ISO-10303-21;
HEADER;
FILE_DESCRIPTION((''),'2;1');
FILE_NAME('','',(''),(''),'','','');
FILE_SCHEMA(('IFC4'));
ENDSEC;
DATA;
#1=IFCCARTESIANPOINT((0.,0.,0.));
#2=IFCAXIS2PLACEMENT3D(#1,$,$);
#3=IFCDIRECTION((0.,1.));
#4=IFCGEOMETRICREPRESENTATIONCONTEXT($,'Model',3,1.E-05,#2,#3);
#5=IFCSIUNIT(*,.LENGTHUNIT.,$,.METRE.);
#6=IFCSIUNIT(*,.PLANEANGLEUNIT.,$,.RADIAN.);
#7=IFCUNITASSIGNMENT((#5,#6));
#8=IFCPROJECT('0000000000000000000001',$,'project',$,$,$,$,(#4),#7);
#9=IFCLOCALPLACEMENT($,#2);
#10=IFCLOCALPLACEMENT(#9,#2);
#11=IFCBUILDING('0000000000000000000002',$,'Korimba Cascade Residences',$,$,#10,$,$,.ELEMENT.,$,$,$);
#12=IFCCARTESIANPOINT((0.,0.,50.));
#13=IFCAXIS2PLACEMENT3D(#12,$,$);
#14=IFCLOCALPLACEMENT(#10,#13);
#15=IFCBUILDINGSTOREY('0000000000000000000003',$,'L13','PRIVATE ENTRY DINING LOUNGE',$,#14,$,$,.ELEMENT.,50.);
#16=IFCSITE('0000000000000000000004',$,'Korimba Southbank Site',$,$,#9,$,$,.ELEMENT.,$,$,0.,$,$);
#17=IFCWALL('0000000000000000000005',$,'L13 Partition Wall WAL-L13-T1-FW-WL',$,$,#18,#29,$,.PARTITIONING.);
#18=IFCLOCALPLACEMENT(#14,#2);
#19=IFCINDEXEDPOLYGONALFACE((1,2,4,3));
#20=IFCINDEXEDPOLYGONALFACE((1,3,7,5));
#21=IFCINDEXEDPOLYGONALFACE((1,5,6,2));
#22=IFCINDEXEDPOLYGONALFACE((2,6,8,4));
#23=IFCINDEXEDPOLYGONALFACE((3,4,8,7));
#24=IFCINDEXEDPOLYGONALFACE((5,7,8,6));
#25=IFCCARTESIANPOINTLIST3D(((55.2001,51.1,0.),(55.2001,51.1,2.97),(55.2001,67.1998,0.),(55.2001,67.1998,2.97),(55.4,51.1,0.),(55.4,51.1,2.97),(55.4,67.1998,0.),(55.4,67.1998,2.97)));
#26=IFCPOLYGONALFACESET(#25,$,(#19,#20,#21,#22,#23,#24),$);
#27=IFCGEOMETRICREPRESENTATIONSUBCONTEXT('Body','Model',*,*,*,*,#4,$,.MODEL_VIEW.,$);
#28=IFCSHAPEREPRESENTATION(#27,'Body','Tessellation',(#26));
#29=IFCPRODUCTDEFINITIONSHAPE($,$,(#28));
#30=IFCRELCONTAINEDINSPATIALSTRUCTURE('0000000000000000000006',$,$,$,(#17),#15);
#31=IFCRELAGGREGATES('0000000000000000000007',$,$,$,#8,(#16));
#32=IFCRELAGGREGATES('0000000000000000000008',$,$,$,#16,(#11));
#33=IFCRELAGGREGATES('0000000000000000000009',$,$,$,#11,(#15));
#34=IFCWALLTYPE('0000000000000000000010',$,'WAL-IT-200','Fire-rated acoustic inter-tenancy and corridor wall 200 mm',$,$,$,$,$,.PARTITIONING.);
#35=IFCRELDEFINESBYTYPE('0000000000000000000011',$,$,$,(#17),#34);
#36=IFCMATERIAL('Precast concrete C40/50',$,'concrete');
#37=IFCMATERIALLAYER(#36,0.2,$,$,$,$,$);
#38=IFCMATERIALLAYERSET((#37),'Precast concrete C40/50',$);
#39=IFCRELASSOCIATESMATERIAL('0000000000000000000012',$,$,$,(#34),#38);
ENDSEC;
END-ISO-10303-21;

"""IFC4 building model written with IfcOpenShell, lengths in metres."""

from ifc_helpers import new_model, si_unit, direction, frame, frame_2d, origin, place, context, subcontext, project, spatial, rectangle, extrude, material, layer, layer_set, type_object, element, save


model = new_model("IFC4")

# Units and contexts
model_context = context("Model", 3, precision=1e-05, world=origin(), true_north=direction((0.0, 1.0)))
body_context = subcontext(model_context, "Body", "Model", "MODEL_VIEW")
ifc_project = project(units=[si_unit("LENGTHUNIT", "METRE"), si_unit("PLANEANGLEUNIT", "RADIAN")], contexts=[model_context])

# Site, building, storey
site_placement = place(None, origin())
site = spatial("IfcSite", under=ifc_project, at=site_placement, Name="Korimba Southbank Site", CompositionType="ELEMENT", RefElevation=0.0)
building_placement = place(site_placement, origin())
building = spatial("IfcBuilding", under=site, at=building_placement, Name="Korimba Cascade Residences", CompositionType="ELEMENT")
storey_placement = place(building_placement, frame((0.0, 0.0, 50.0)))
storey = spatial("IfcBuildingStorey", under=building, at=storey_placement, Name="L13", Description="PRIVATE ENTRY DINING LOUNGE", CompositionType="ELEMENT", Elevation=50.0)

# Shared definitions
ifc_material_1 = material(Name="Precast concrete C40/50", Category="concrete")

# Wall
ifc_layer_1 = layer(ifc_material_1, 0.2)
ifc_layer_set_1 = layer_set([ifc_layer_1], Name="Precast concrete C40/50")
wall_type_1 = type_object("IfcWallType", Name="WAL-IT-200", Description="Fire-rated acoustic inter-tenancy and corridor wall 200 mm", PredefinedType="PARTITIONING", material=ifc_layer_set_1)
wall_1_placement = place(storey_placement, frame((55.3, 51.1001, 0.0), z_axis=(0.0, 0.0, 1.0), x_axis=(0.0, 1.0, 0.0)))
element("IfcWall", 1, at=wall_1_placement, inside=storey, type_object=wall_type_1, Name="L13 Partition Wall WAL-L13-T1-FW-WL", PredefinedType="PARTITIONING", context=body_context, shape_type="SweptSolid", body=[
    extrude(rectangle(XDim=16.0999, YDim=0.2, at=frame_2d((8.0498, 0.0))), origin(), (0.0, 0.0, 1.0), 2.97),
])

save(model, "model.ifc")
